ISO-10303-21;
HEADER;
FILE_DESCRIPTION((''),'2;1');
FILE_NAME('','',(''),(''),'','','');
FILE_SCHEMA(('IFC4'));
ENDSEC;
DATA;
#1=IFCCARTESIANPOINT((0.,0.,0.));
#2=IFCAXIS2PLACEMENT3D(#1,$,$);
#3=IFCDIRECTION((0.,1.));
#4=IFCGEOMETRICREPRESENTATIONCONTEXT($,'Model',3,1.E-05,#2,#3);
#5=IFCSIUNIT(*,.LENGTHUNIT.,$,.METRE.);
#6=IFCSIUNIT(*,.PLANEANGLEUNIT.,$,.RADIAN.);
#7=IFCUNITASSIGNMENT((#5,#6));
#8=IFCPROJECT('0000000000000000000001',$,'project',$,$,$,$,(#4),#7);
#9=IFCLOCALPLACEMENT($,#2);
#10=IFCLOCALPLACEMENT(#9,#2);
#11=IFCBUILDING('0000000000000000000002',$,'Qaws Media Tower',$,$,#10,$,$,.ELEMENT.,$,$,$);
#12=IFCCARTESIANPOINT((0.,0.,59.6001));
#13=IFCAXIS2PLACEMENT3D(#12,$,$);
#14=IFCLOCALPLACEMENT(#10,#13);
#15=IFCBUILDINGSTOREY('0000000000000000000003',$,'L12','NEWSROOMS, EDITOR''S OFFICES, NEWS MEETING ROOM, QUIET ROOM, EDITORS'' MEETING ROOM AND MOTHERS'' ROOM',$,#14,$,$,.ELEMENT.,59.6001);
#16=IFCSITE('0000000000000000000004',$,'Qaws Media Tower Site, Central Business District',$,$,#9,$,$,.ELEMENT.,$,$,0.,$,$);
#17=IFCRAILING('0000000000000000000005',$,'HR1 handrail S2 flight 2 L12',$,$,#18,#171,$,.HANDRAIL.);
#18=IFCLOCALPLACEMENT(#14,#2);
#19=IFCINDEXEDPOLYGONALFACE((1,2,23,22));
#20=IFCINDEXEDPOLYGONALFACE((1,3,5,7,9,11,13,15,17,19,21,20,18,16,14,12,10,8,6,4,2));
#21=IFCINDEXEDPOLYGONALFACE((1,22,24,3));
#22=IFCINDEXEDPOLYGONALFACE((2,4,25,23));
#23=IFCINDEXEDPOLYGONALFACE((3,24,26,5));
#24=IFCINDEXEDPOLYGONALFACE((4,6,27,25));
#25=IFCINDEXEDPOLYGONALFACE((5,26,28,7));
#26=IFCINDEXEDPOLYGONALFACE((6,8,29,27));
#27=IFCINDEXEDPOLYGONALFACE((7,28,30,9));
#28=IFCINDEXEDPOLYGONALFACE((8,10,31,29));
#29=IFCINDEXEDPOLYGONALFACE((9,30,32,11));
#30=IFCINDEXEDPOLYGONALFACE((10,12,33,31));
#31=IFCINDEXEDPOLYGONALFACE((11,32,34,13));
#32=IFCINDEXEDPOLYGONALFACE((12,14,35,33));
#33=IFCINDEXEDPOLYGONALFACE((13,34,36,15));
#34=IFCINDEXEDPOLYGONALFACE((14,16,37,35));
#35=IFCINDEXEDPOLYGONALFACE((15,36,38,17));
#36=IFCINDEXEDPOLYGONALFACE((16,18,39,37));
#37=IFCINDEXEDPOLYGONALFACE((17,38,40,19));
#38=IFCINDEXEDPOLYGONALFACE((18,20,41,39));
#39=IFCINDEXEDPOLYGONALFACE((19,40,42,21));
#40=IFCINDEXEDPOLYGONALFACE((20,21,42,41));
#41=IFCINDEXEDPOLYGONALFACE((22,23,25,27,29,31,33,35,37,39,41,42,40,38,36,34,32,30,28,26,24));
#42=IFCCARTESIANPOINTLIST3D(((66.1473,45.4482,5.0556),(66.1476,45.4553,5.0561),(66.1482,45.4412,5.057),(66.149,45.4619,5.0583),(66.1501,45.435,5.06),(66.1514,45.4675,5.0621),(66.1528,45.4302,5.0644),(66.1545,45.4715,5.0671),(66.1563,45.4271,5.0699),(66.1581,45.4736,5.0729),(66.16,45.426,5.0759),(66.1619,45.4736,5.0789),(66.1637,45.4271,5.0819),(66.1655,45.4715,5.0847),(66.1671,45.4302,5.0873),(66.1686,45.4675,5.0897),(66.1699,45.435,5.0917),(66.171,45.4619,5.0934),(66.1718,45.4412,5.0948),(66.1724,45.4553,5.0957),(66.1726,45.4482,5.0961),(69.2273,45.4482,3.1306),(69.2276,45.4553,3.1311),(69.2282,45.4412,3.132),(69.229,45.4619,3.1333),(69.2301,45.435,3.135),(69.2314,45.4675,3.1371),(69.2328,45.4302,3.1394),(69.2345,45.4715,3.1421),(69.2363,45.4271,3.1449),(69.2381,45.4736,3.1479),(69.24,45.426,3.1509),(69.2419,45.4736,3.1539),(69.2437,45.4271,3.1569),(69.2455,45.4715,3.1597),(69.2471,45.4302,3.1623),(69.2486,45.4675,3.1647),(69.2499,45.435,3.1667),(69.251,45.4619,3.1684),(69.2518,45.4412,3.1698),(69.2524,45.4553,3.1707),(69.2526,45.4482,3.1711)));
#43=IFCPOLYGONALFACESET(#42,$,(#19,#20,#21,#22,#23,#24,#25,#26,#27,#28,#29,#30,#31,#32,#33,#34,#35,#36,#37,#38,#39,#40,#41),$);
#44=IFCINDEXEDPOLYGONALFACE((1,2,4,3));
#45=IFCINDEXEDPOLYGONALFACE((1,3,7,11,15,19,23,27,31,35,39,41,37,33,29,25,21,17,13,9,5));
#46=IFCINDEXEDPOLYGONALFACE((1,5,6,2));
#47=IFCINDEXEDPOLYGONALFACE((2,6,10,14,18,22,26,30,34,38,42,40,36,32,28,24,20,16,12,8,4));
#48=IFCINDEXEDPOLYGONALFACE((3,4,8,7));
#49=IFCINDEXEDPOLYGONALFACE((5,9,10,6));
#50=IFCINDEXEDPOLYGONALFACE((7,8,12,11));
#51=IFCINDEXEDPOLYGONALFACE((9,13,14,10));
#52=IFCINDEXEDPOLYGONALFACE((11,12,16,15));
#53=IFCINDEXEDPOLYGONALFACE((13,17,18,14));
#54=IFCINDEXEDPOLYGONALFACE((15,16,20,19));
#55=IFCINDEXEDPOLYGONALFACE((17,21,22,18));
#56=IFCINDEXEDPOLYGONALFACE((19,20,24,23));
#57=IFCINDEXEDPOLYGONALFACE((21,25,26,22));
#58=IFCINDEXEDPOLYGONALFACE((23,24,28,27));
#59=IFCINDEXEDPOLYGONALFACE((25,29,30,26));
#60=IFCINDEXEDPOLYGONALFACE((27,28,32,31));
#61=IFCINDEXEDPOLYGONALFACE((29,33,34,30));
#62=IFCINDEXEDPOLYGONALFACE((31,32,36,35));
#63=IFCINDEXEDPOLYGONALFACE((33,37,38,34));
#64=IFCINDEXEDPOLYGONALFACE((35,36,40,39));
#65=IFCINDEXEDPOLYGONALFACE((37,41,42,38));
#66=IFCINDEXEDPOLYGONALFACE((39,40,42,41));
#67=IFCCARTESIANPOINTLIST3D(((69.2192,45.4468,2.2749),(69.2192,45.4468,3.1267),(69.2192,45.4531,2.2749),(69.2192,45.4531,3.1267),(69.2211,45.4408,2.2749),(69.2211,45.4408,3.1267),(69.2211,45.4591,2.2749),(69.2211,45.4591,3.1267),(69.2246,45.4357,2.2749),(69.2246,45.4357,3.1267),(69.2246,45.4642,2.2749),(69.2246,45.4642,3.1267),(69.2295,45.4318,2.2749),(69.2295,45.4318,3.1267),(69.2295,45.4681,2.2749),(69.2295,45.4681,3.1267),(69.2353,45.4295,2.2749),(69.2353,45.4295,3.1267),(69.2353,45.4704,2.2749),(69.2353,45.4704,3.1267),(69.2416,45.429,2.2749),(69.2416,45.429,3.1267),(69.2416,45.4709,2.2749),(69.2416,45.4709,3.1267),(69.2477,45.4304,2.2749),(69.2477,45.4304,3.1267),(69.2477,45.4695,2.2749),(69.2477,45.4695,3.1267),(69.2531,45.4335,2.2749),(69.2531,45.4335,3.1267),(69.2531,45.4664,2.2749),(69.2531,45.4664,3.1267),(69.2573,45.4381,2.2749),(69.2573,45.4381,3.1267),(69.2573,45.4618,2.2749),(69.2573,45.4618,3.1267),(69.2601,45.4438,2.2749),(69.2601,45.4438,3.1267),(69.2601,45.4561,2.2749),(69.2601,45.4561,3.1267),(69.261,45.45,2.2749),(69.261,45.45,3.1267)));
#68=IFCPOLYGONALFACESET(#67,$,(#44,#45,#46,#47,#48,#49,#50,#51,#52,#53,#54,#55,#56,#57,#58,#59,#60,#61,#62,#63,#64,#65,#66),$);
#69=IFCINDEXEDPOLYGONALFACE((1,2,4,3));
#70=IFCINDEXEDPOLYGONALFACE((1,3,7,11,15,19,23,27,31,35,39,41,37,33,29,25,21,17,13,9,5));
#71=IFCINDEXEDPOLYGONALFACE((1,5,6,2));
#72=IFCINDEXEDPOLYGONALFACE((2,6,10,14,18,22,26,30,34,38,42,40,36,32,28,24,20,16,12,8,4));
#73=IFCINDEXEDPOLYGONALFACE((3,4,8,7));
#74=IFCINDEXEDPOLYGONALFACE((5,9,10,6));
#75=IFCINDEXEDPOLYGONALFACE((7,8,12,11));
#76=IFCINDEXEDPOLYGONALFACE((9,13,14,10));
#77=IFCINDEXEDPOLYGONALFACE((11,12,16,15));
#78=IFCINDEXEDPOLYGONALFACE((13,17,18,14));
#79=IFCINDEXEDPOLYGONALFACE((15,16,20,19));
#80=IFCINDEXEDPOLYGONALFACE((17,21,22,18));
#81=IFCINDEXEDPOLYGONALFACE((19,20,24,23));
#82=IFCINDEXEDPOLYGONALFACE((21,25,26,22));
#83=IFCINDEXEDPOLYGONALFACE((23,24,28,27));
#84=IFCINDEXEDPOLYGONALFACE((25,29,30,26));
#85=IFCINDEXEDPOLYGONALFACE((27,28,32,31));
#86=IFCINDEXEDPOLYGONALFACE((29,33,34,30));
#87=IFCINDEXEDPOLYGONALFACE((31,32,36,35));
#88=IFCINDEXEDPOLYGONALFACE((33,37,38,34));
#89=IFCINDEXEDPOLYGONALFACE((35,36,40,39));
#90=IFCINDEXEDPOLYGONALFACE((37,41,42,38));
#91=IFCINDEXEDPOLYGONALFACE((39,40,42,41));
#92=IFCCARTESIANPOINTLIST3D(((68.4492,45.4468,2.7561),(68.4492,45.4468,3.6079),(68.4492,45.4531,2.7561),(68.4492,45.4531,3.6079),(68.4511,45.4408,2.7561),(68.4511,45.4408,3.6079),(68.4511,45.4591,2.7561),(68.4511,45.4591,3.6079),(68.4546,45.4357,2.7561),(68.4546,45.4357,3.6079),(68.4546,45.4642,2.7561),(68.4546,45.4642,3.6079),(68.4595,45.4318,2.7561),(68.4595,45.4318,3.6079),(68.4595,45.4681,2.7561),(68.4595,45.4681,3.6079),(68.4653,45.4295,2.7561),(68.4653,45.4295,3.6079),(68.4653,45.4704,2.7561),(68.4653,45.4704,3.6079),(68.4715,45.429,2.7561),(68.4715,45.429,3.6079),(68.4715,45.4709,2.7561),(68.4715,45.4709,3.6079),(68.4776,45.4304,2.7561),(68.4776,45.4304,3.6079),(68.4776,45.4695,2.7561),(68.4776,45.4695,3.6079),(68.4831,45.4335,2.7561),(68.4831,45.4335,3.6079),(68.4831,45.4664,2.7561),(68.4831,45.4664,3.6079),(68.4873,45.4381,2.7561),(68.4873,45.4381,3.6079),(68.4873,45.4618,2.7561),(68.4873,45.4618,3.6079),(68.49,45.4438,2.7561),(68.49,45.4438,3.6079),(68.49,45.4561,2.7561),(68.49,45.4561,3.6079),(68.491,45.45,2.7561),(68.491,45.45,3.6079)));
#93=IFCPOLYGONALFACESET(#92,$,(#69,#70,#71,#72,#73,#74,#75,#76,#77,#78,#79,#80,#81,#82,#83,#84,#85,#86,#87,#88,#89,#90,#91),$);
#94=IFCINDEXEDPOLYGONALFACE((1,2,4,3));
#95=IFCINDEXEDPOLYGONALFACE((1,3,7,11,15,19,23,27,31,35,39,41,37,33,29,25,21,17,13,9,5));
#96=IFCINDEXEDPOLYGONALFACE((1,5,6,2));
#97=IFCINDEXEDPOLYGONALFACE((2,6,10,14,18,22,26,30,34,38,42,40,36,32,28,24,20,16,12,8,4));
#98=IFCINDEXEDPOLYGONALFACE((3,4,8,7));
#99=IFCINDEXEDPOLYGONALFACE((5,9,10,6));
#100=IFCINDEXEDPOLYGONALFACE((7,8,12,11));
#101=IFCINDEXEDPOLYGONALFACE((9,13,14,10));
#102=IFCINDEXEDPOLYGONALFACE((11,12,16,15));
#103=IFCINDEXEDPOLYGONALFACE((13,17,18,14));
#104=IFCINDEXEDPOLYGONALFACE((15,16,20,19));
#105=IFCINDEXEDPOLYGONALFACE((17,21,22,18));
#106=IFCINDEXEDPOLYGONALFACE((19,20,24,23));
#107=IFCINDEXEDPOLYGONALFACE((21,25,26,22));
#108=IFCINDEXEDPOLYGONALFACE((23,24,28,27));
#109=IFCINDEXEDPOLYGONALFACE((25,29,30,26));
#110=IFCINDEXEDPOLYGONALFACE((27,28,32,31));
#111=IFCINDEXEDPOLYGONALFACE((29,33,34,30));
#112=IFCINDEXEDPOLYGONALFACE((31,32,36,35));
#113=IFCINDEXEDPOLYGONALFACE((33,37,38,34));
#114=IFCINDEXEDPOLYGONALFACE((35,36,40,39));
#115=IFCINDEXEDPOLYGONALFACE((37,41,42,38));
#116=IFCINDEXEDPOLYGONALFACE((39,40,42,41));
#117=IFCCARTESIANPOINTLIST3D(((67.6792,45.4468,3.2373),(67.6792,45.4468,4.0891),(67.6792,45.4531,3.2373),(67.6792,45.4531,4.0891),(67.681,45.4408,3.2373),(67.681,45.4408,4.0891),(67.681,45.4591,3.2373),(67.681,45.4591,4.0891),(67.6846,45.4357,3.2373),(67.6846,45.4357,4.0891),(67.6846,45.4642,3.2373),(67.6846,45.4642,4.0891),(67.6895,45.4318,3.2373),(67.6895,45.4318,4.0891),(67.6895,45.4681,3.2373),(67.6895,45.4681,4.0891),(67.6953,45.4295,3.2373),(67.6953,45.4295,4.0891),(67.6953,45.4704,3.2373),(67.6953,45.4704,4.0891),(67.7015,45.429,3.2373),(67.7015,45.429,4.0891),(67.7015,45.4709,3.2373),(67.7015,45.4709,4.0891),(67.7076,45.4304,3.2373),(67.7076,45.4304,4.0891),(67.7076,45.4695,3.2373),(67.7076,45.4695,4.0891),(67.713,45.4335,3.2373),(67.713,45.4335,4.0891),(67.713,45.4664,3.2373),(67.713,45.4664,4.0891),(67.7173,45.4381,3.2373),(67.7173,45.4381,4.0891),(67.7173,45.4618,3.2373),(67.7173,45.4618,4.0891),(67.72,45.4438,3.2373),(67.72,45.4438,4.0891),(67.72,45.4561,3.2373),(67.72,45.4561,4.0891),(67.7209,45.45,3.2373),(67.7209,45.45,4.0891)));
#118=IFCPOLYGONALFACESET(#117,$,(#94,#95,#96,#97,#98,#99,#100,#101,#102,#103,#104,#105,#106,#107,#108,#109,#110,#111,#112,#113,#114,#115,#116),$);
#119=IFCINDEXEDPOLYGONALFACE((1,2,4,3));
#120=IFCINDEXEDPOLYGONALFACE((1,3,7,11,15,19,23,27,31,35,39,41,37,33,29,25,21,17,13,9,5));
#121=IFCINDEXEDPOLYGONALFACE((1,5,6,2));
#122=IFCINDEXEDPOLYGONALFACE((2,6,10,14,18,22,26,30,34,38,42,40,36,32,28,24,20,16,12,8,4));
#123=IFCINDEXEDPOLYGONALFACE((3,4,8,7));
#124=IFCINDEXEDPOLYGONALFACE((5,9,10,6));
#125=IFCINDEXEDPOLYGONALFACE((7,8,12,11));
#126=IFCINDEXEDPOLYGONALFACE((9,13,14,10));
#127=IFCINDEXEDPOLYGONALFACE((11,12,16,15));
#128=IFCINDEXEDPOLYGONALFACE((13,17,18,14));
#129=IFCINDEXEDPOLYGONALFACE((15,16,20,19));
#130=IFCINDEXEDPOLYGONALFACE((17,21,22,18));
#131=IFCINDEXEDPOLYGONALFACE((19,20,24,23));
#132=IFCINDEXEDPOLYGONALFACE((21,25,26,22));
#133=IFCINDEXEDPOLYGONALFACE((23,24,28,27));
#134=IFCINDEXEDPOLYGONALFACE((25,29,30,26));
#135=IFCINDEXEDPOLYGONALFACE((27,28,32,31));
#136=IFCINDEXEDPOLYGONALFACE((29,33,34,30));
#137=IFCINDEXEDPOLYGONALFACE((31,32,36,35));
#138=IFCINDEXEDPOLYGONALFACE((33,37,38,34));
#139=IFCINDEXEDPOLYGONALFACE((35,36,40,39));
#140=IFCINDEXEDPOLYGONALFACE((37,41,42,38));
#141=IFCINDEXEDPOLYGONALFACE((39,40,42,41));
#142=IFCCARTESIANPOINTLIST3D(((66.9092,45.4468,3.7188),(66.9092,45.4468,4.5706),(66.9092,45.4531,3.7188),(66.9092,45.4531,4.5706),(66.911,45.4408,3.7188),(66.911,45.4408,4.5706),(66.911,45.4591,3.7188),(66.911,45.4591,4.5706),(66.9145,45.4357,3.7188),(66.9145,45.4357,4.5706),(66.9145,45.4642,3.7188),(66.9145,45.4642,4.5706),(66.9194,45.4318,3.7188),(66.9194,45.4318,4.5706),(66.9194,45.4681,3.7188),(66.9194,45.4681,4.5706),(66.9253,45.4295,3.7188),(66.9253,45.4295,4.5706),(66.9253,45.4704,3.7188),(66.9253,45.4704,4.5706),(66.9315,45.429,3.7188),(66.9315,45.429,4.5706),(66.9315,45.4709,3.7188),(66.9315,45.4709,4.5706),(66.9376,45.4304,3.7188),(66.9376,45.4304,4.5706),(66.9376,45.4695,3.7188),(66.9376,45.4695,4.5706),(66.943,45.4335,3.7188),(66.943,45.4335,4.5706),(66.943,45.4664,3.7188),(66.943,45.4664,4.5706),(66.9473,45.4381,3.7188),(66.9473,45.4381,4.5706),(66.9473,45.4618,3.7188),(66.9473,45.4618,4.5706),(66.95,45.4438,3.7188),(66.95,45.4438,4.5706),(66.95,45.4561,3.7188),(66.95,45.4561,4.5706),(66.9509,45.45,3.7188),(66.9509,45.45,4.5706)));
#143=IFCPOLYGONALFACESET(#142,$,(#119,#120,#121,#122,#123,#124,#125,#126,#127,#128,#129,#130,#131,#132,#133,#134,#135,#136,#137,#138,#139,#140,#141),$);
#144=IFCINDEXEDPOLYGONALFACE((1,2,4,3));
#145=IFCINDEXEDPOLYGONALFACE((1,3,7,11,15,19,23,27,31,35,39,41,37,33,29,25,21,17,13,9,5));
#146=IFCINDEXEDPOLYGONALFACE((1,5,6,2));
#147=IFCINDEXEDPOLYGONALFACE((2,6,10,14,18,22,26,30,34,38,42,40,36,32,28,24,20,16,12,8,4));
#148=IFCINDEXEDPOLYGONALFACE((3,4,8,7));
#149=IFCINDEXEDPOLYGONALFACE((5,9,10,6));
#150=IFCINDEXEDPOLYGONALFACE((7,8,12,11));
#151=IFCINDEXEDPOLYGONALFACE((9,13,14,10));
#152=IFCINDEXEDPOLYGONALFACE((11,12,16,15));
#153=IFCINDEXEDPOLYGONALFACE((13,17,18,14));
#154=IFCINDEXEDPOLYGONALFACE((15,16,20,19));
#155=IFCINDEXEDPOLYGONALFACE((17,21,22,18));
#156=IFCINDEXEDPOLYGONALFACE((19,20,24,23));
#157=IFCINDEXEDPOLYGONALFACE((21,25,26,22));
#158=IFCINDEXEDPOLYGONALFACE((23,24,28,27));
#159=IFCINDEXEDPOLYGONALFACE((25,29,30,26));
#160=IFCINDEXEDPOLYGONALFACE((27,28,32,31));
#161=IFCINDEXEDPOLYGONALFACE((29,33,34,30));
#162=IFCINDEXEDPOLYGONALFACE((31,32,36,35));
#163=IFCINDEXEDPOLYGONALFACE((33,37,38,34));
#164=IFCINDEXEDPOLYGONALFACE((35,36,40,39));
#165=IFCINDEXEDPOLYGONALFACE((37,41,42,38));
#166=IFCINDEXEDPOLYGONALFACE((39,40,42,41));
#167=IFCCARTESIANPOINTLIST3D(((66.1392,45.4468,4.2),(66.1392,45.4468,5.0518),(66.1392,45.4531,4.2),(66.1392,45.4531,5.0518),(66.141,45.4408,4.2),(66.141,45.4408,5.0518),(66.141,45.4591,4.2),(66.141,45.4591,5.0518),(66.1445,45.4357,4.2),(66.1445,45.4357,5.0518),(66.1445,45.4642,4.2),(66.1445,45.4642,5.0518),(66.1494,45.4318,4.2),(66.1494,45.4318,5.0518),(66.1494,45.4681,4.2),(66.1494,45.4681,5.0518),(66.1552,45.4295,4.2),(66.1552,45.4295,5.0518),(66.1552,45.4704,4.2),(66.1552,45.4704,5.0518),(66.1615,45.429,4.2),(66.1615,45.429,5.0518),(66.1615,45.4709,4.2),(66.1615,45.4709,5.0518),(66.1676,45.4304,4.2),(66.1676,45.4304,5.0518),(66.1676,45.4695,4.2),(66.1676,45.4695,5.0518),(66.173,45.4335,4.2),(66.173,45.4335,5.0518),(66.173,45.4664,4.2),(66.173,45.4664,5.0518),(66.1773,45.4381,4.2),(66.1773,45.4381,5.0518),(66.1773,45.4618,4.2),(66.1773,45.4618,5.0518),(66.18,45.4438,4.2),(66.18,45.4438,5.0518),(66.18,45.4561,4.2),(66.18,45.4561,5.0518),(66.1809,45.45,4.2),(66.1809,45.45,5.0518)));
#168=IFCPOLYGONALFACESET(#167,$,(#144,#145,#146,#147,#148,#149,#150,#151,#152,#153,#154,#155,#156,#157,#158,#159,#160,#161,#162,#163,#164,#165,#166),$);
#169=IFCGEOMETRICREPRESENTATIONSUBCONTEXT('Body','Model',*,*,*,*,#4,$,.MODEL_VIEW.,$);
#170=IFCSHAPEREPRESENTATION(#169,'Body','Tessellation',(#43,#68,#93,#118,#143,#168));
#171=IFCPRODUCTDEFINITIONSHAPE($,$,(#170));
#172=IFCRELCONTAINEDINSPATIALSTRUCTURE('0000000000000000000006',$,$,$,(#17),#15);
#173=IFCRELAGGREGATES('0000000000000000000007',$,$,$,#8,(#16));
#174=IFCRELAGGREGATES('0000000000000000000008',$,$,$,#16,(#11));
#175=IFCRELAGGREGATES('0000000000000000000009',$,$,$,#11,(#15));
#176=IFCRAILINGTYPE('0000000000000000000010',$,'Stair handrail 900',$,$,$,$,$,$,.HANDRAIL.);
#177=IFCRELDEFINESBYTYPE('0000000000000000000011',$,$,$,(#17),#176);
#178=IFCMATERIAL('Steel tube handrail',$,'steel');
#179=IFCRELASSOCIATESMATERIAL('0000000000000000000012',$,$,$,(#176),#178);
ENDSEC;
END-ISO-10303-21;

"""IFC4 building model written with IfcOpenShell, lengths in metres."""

from ifc_helpers import new_model, si_unit, direction, frame, origin, origin_2d, place, context, subcontext, project, spatial, circle, extrude, material, type_object, element, save


model = new_model("IFC4")

# Units and contexts
model_context = context("Model", 3, precision=1e-05, world=origin(), true_north=direction((0.0, 1.0)))
body_context = subcontext(model_context, "Body", "Model", "MODEL_VIEW")
ifc_project = project(units=[si_unit("LENGTHUNIT", "METRE"), si_unit("PLANEANGLEUNIT", "RADIAN")], contexts=[model_context])

# Site, building, storey
site_placement = place(None, origin())
site = spatial("IfcSite", under=ifc_project, at=site_placement, Name="Qaws Media Tower Site, Central Business District", CompositionType="ELEMENT", RefElevation=0.0)
building_placement = place(site_placement, origin())
building = spatial("IfcBuilding", under=site, at=building_placement, Name="Qaws Media Tower", CompositionType="ELEMENT")
storey_placement = place(building_placement, frame((0.0, 0.0, 59.6001)))
storey = spatial("IfcBuildingStorey", under=building, at=storey_placement, Name="L12", Description="NEWSROOMS, EDITOR'S OFFICES, NEWS MEETING ROOM, QUIET ROOM, EDITORS' MEETING ROOM AND MOTHERS' ROOM", CompositionType="ELEMENT", Elevation=59.6001)

# Railing
ifc_material_1 = material(Name="Steel tube handrail", Category="steel")
railing_type = type_object("IfcRailingType", Name="Stair handrail 900", PredefinedType="HANDRAIL", material=ifc_material_1)
for number, where, name in (
    (1, (69.24, 45.45, 2.2749), "HR1 handrail S2 flight 2 L12"),
):
    element("IfcRailing", number, at=place(storey_placement, frame(where)), inside=storey, type_object=railing_type, Name=name, PredefinedType="HANDRAIL", context=body_context, shape_type="SweptSolid", body=[
        extrude(circle(Radius=0.0239, at=origin_2d()), frame((0.0, 0.0, 0.876), z_axis=(-0.847998, 0.0, 0.529999), x_axis=(0.0, -1.0, 0.0)), (0.0, 0.0, 1.0), 3.6321),
        extrude(circle(Radius=0.021, at=origin_2d()), origin(), (0.0, 0.0, 1.0), 0.8518),
        extrude(circle(Radius=0.021, at=origin_2d()), frame((-0.77, 0.0, 0.4812)), (0.0, 0.0, 1.0), 0.8518),
        extrude(circle(Radius=0.021, at=origin_2d()), frame((-1.54, 0.0, 0.9624)), (0.0, 0.0, 1.0), 0.8518),
        extrude(circle(Radius=0.021, at=origin_2d()), frame((-2.3101, 0.0, 1.4438)), (0.0, 0.0, 1.0), 0.8518),
        extrude(circle(Radius=0.021, at=origin_2d()), frame((-3.0801, 0.0, 1.925)), (0.0, 0.0, 1.0), 0.8518),
    ])

save(model, "model.ifc")
